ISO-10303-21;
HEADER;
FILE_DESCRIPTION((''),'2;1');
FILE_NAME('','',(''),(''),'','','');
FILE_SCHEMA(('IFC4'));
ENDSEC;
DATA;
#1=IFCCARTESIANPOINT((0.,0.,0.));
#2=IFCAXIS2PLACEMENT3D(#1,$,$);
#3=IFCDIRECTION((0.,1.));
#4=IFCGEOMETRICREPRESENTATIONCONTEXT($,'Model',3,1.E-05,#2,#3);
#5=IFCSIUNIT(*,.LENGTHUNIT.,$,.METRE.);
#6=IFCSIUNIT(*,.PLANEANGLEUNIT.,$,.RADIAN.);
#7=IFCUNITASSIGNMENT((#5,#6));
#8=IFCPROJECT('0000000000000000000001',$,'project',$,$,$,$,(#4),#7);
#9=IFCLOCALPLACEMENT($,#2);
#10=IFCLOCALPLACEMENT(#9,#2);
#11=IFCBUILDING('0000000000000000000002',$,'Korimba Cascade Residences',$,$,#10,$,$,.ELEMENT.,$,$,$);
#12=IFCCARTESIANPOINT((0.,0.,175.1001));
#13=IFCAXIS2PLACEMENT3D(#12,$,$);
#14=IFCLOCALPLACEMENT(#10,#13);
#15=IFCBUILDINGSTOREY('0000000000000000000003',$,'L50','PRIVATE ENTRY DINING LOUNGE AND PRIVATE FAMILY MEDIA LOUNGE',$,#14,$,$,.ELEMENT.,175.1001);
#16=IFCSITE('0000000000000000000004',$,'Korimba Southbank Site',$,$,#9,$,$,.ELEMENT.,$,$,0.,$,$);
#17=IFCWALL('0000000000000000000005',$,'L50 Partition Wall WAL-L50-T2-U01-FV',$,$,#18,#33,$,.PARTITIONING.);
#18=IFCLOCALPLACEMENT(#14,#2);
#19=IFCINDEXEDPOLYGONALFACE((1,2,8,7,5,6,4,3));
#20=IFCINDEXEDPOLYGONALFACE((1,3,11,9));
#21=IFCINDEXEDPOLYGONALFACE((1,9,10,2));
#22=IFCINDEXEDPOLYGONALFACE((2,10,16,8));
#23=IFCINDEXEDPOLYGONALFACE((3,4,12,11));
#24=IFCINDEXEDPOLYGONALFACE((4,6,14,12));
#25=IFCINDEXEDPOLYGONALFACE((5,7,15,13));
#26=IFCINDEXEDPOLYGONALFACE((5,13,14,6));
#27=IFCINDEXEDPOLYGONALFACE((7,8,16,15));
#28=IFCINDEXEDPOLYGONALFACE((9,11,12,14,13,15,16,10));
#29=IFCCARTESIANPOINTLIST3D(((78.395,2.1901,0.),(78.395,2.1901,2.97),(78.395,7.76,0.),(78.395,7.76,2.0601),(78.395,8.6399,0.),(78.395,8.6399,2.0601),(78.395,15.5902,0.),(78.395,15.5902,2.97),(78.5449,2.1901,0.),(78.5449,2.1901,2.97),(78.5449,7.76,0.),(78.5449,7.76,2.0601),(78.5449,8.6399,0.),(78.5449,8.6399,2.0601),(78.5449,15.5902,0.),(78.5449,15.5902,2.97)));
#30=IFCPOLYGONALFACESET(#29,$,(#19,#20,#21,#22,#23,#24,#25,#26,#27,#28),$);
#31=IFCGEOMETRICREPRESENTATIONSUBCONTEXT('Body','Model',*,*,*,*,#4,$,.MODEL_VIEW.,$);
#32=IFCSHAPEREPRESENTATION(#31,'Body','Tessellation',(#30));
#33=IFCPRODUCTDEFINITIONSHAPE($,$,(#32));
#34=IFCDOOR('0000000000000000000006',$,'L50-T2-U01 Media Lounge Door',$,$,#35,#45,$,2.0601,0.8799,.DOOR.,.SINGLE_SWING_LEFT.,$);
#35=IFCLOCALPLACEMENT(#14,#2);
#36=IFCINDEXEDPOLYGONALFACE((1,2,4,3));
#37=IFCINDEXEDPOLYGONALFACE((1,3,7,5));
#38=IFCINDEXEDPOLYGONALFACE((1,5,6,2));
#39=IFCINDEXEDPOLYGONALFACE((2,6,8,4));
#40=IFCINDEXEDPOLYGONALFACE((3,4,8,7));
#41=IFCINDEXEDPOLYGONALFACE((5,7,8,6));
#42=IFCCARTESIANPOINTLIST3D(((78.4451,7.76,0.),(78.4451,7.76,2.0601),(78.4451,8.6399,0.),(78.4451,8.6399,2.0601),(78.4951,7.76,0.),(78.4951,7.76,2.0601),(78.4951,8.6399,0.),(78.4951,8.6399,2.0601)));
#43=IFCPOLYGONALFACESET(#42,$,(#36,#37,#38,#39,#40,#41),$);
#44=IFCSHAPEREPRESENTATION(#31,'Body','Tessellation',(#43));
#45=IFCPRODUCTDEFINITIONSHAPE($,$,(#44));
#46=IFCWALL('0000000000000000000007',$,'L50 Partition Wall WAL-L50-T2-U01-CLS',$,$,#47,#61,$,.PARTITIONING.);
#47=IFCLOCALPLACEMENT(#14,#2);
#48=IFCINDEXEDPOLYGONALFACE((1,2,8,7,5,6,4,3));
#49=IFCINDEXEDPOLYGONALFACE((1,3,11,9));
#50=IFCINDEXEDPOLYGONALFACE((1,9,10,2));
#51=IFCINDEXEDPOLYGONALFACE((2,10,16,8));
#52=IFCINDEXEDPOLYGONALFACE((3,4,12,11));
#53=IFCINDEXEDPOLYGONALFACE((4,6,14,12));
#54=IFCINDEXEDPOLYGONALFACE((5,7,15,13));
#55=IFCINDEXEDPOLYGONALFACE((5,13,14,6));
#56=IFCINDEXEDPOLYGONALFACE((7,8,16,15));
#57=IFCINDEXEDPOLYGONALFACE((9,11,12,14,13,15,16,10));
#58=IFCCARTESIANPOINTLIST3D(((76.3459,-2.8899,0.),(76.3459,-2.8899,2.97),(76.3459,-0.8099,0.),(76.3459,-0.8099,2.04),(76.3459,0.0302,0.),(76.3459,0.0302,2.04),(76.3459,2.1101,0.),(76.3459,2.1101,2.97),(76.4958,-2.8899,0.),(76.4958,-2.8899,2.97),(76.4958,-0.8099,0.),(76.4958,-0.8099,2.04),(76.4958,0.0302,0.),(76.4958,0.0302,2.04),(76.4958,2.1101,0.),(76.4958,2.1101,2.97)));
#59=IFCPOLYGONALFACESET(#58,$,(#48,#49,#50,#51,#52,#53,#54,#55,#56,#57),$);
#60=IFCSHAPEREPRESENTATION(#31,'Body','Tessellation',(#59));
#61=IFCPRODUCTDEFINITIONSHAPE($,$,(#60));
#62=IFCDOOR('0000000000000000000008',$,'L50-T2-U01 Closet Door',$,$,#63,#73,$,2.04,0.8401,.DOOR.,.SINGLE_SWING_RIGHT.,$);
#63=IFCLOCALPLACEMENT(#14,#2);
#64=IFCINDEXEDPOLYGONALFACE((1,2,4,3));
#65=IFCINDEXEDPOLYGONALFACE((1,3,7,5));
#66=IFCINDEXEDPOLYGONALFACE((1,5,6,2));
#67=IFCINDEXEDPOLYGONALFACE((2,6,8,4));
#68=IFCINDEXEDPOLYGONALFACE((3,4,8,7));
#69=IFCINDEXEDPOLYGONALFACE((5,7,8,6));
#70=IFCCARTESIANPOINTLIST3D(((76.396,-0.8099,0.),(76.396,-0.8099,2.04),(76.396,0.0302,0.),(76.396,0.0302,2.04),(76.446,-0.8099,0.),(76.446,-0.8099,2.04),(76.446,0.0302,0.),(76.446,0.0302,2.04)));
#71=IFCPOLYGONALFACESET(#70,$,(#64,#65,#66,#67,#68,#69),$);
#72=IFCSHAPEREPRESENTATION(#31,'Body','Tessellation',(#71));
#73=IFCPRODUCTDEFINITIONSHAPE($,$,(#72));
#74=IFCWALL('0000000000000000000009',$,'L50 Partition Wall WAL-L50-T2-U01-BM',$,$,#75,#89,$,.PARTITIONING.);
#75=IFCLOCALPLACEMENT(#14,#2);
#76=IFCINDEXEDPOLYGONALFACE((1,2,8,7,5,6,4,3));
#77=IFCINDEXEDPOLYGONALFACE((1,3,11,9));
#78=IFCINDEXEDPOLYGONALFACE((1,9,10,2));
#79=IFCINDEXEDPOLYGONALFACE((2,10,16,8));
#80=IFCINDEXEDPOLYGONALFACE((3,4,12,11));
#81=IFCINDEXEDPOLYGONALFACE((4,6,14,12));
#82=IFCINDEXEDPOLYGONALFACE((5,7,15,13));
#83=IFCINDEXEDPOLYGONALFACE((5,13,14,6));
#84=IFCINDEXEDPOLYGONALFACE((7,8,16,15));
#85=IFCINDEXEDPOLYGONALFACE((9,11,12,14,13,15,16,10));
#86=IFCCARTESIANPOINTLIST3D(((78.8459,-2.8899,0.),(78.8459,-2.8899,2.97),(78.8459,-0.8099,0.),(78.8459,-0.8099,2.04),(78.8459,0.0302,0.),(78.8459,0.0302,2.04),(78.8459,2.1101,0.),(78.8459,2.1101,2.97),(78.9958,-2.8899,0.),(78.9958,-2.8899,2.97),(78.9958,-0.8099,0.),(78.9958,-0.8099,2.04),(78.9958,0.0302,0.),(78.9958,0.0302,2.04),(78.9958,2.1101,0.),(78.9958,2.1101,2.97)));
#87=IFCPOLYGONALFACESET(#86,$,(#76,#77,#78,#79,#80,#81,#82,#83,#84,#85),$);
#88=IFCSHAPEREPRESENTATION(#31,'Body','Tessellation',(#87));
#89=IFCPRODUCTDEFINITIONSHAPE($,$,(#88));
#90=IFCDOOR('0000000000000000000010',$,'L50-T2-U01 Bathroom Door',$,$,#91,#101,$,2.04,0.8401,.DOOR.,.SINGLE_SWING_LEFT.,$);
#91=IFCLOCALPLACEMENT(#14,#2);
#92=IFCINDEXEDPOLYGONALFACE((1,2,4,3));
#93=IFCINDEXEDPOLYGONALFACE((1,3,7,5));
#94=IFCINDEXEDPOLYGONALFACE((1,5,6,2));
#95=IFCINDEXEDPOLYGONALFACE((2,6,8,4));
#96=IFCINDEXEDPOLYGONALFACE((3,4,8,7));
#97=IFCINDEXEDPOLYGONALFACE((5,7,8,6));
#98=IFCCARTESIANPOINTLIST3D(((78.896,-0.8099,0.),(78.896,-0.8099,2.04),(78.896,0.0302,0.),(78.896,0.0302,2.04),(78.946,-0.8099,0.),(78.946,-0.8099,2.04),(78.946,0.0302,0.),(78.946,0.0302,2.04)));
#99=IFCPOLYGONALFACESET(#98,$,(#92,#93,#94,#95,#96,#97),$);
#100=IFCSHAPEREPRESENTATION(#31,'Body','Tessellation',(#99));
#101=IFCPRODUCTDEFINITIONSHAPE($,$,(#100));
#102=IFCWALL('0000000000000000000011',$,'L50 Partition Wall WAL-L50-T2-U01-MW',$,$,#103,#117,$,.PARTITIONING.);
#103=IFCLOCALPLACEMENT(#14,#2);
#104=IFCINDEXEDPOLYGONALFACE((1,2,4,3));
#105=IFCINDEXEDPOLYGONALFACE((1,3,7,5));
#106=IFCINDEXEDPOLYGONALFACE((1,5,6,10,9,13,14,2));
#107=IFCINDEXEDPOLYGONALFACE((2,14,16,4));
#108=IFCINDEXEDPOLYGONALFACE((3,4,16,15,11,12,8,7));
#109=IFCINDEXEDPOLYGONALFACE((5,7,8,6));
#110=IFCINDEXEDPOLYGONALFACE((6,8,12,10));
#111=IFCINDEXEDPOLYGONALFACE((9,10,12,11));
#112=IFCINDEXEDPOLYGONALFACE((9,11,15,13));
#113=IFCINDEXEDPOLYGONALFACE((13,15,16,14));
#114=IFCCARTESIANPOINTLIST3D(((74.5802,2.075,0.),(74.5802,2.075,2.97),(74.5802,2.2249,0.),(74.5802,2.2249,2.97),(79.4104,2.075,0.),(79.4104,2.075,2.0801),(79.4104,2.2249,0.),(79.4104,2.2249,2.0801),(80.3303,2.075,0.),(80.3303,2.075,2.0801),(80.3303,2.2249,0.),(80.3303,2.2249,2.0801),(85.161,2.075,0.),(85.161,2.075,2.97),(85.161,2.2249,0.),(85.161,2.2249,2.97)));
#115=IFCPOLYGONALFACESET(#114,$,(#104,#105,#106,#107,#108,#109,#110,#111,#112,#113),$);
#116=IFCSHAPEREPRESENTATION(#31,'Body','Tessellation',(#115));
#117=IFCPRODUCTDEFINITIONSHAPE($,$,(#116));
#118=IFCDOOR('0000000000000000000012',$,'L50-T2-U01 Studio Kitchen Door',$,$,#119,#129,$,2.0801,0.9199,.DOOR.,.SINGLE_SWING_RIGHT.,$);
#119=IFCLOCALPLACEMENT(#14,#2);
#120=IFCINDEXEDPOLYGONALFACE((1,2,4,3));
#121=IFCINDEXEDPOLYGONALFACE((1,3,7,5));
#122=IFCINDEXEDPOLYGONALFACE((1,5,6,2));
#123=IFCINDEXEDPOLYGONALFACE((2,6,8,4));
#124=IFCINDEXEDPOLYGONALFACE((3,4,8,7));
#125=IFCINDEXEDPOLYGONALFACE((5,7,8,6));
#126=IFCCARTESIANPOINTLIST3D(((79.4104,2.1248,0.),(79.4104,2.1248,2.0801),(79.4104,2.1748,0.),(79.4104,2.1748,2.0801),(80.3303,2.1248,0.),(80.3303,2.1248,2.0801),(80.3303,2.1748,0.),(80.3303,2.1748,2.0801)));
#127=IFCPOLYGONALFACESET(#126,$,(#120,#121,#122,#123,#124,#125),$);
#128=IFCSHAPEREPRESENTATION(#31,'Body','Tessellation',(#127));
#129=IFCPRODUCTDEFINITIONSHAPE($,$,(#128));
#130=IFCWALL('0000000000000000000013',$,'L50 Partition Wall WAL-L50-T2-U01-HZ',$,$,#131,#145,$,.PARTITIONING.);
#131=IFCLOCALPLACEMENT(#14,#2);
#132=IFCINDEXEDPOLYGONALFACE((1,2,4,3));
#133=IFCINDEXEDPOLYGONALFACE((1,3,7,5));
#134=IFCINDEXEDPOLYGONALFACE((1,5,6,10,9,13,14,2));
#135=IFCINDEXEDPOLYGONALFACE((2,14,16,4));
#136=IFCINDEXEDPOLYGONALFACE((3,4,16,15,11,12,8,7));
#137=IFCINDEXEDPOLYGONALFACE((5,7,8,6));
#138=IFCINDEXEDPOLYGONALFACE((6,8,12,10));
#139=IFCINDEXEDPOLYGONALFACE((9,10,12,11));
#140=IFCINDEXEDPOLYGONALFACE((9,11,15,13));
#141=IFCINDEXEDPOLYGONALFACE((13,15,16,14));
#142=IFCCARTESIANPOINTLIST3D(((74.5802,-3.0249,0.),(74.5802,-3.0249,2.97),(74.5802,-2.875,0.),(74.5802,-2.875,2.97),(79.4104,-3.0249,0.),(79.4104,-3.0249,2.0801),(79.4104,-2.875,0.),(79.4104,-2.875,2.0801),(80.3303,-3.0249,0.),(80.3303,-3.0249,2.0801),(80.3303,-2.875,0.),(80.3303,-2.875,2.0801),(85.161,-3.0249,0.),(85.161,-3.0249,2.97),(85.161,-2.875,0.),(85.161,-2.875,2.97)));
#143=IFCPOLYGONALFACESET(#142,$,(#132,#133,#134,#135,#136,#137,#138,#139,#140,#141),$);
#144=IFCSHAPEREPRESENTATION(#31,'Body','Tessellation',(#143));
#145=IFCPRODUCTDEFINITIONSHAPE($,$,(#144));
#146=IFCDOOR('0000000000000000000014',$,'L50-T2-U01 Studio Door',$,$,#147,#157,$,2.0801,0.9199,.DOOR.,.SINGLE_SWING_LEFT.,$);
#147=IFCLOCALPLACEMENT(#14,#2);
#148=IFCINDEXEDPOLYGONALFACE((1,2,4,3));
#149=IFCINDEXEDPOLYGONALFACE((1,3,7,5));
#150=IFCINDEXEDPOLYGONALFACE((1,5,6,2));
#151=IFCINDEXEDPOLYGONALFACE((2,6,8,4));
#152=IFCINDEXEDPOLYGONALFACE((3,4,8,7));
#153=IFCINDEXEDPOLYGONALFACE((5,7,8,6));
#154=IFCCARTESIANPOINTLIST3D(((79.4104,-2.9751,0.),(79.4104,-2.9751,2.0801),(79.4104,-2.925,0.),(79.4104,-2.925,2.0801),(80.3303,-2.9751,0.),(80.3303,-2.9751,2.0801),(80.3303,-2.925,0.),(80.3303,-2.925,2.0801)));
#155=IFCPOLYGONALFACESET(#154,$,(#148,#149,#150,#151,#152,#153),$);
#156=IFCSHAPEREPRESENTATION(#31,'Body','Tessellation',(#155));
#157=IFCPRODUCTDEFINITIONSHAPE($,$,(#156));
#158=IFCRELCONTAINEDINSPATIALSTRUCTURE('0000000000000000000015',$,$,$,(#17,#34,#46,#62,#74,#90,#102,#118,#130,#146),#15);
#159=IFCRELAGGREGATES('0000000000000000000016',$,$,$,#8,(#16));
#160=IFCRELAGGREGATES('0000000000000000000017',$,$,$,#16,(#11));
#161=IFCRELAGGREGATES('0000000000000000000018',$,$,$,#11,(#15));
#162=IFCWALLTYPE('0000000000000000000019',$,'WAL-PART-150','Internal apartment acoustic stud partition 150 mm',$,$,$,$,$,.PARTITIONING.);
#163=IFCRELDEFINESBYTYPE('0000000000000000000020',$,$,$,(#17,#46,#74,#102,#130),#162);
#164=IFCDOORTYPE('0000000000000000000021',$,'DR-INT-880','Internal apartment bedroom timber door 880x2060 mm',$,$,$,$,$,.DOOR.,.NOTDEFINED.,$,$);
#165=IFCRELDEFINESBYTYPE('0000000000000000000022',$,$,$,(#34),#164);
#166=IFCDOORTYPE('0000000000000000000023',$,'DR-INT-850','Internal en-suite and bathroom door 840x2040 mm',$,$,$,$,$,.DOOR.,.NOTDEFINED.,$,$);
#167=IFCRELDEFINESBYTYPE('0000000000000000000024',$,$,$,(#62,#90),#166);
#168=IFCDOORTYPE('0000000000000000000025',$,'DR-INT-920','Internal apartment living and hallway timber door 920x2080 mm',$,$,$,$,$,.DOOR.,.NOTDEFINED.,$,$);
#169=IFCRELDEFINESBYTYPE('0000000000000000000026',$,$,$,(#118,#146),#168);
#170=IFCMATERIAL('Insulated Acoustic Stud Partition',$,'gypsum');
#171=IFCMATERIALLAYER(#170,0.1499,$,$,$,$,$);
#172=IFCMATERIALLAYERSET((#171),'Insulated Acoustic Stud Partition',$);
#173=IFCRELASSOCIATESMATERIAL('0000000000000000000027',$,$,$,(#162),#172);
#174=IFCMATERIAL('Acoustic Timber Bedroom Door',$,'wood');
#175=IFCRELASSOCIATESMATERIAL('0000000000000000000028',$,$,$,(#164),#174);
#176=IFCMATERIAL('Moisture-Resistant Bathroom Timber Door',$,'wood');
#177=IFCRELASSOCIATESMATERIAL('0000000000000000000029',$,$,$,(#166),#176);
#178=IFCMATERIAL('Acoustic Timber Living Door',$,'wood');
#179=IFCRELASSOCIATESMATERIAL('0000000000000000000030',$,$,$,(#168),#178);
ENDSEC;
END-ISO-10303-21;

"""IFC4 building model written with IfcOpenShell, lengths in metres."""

from ifc_helpers import new_model, si_unit, direction, frame, frame_2d, origin, place, context, subcontext, project, spatial, rectangle, extrude, material, layer, layer_set, type_object, element, fill, save


model = new_model("IFC4")

# Units and contexts
model_context = context("Model", 3, precision=1e-05, world=origin(), true_north=direction((0.0, 1.0)))
body_context = subcontext(model_context, "Body", "Model", "MODEL_VIEW")
ifc_project = project(units=[si_unit("LENGTHUNIT", "METRE"), si_unit("PLANEANGLEUNIT", "RADIAN")], contexts=[model_context])

# Site, building, storey
site_placement = place(None, origin())
site = spatial("IfcSite", under=ifc_project, at=site_placement, Name="Korimba Southbank Site", CompositionType="ELEMENT", RefElevation=0.0)
building_placement = place(site_placement, origin())
building = spatial("IfcBuilding", under=site, at=building_placement, Name="Korimba Cascade Residences", CompositionType="ELEMENT")
storey_placement = place(building_placement, frame((0.0, 0.0, 175.1001)))
storey = spatial("IfcBuildingStorey", under=building, at=storey_placement, Name="L50", Description="PRIVATE ENTRY DINING LOUNGE AND PRIVATE FAMILY MEDIA LOUNGE", CompositionType="ELEMENT", Elevation=175.1001)

# Walls, openings, doors
ifc_material_1 = material(Name="Insulated Acoustic Stud Partition", Category="gypsum")
ifc_layer_1 = layer(ifc_material_1, 0.1499)
ifc_layer_set_1 = layer_set([ifc_layer_1], Name="Insulated Acoustic Stud Partition")
wall_type_1 = type_object("IfcWallType", Name="WAL-PART-150", Description="Internal apartment acoustic stud partition 150 mm", PredefinedType="PARTITIONING", material=ifc_layer_set_1)
ifc_material_2 = material(Name="Acoustic Timber Bedroom Door", Category="wood")
door_type_1 = type_object("IfcDoorType", Name="DR-INT-880", Description="Internal apartment bedroom timber door 880x2060 mm", OperationType="NOTDEFINED", PredefinedType="DOOR", material=ifc_material_2)
wall_1_placement = place(storey_placement, frame((78.47, 2.1899, 0.0), z_axis=(0.0, 0.0, 1.0), x_axis=(0.0, 1.0, 0.0)))
wall_1 = element("IfcWall", 1, at=wall_1_placement, inside=storey, type_object=wall_type_1, Name="L50 Partition Wall WAL-L50-T2-U01-FV", PredefinedType="PARTITIONING", context=body_context, shape_type="SweptSolid", body=[
    extrude(rectangle(XDim=13.4001, YDim=0.1499, at=frame_2d((6.7002, 0.0))), origin(), (0.0, 0.0, 1.0), 2.97),
])
opening_1_placement = place(wall_1_placement, frame((5.5701, 0.0, 0.0)))
opening_1 = element("IfcOpeningElement", 2, at=opening_1_placement, cuts=wall_1, PredefinedType="OPENING", context=body_context, shape_type="SweptSolid", body=[
    extrude(rectangle(XDim=0.8799, YDim=2.0601, at=frame_2d((0.4399, 1.03))), frame((0.0, 0.085, 0.0), z_axis=(0.0, -1.0, 0.0), x_axis=(1.0, 0.0, 0.0)), (0.0, 0.0, 1.0), 0.1699),
])
door_1_placement = place(opening_1_placement, origin())
door_1 = element("IfcDoor", 3, at=door_1_placement, inside=storey, type_object=door_type_1, Name="L50-T2-U01 Media Lounge Door", OperationType="SINGLE_SWING_LEFT", OverallHeight=2.0601, OverallWidth=0.8799, PredefinedType="DOOR", context=body_context, shape_type="SweptSolid", body=[
    extrude(rectangle(XDim=0.8799, YDim=2.0601, at=frame_2d((0.4399, 1.03))), frame((0.0, 0.0249, 0.0), z_axis=(0.0, -1.0, 0.0), x_axis=(1.0, 0.0, 0.0)), (0.0, 0.0, 1.0), 0.05),
])
fill(opening_1, door_1)
wall_2_placement = place(storey_placement, frame((76.4209, -2.8899, 0.0), z_axis=(0.0, 0.0, 1.0), x_axis=(0.0, 1.0, 0.0)))
wall_2 = element("IfcWall", 4, at=wall_2_placement, inside=storey, type_object=wall_type_1, Name="L50 Partition Wall WAL-L50-T2-U01-CLS", PredefinedType="PARTITIONING", context=body_context, shape_type="SweptSolid", body=[
    extrude(rectangle(XDim=5.0, YDim=0.1499, at=frame_2d((2.5, 0.0))), origin(), (0.0, 0.0, 1.0), 2.97),
])
opening_2_placement = place(wall_2_placement, frame((2.0801, 0.0, 0.0)))
opening_2 = element("IfcOpeningElement", 5, at=opening_2_placement, cuts=wall_2, PredefinedType="OPENING", context=body_context, shape_type="SweptSolid", body=[
    extrude(rectangle(XDim=0.8401, YDim=2.04, at=frame_2d((0.4199, 1.02))), frame((0.0, 0.085, 0.0), z_axis=(0.0, -1.0, 0.0), x_axis=(1.0, 0.0, 0.0)), (0.0, 0.0, 1.0), 0.1699),
])
ifc_material_3 = material(Name="Moisture-Resistant Bathroom Timber Door", Category="wood")
door_type_2 = type_object("IfcDoorType", Name="DR-INT-850", Description="Internal en-suite and bathroom door 840x2040 mm", OperationType="NOTDEFINED", PredefinedType="DOOR", material=ifc_material_3)
door_2_placement = place(opening_2_placement, origin())
door_2 = element("IfcDoor", 6, at=door_2_placement, inside=storey, type_object=door_type_2, Name="L50-T2-U01 Closet Door", OperationType="SINGLE_SWING_RIGHT", OverallHeight=2.04, OverallWidth=0.8401, PredefinedType="DOOR", context=body_context, shape_type="SweptSolid", body=[
    extrude(rectangle(XDim=0.8401, YDim=2.04, at=frame_2d((0.4199, 1.02))), frame((0.0, 0.0249, 0.0), z_axis=(0.0, -1.0, 0.0), x_axis=(1.0, 0.0, 0.0)), (0.0, 0.0, 1.0), 0.05),
])
fill(opening_2, door_2)
wall_3_placement = place(storey_placement, frame((78.9209, -2.8899, 0.0), z_axis=(0.0, 0.0, 1.0), x_axis=(0.0, 1.0, 0.0)))
wall_3 = element("IfcWall", 7, at=wall_3_placement, inside=storey, type_object=wall_type_1, Name="L50 Partition Wall WAL-L50-T2-U01-BM", PredefinedType="PARTITIONING", context=body_context, shape_type="SweptSolid", body=[
    extrude(rectangle(XDim=5.0, YDim=0.1499, at=frame_2d((2.5, 0.0))), origin(), (0.0, 0.0, 1.0), 2.97),
])
opening_3_placement = place(wall_3_placement, frame((2.0801, 0.0, 0.0)))
opening_3 = element("IfcOpeningElement", 8, at=opening_3_placement, cuts=wall_3, PredefinedType="OPENING", context=body_context, shape_type="SweptSolid", body=[
    extrude(rectangle(XDim=0.8401, YDim=2.04, at=frame_2d((0.4199, 1.02))), frame((0.0, 0.085, 0.0), z_axis=(0.0, -1.0, 0.0), x_axis=(1.0, 0.0, 0.0)), (0.0, 0.0, 1.0), 0.1699),
])
door_3_placement = place(opening_3_placement, origin())
door_3 = element("IfcDoor", 9, at=door_3_placement, inside=storey, type_object=door_type_2, Name="L50-T2-U01 Bathroom Door", OperationType="SINGLE_SWING_LEFT", OverallHeight=2.04, OverallWidth=0.8401, PredefinedType="DOOR", context=body_context, shape_type="SweptSolid", body=[
    extrude(rectangle(XDim=0.8401, YDim=2.04, at=frame_2d((0.4199, 1.02))), frame((0.0, 0.0249, 0.0), z_axis=(0.0, -1.0, 0.0), x_axis=(1.0, 0.0, 0.0)), (0.0, 0.0, 1.0), 0.05),
])
fill(opening_3, door_3)
wall_4_placement = place(storey_placement, frame((74.5801, 2.1499, 0.0), z_axis=(0.0, 0.0, 1.0), x_axis=(1.0, 0.0, 0.0)))
wall_4 = element("IfcWall", 10, at=wall_4_placement, inside=storey, type_object=wall_type_1, Name="L50 Partition Wall WAL-L50-T2-U01-MW", PredefinedType="PARTITIONING", context=body_context, shape_type="SweptSolid", body=[
    extrude(rectangle(XDim=10.5808, YDim=0.1499, at=frame_2d((5.2905, 0.0))), origin(), (0.0, 0.0, 1.0), 2.97),
])
opening_4_placement = place(wall_4_placement, frame((4.8303, 0.0, 0.0)))
opening_4 = element("IfcOpeningElement", 11, at=opening_4_placement, cuts=wall_4, PredefinedType="OPENING", context=body_context, shape_type="SweptSolid", body=[
    extrude(rectangle(XDim=0.9199, YDim=2.0801, at=frame_2d((0.46, 1.04))), frame((0.0, 0.085, 0.0), z_axis=(0.0, -1.0, 0.0), x_axis=(1.0, 0.0, 0.0)), (0.0, 0.0, 1.0), 0.1699),
])
ifc_material_4 = material(Name="Acoustic Timber Living Door", Category="wood")
door_type_3 = type_object("IfcDoorType", Name="DR-INT-920", Description="Internal apartment living and hallway timber door 920x2080 mm", OperationType="NOTDEFINED", PredefinedType="DOOR", material=ifc_material_4)
door_4_placement = place(opening_4_placement, origin())
door_4 = element("IfcDoor", 12, at=door_4_placement, inside=storey, type_object=door_type_3, Name="L50-T2-U01 Studio Kitchen Door", OperationType="SINGLE_SWING_RIGHT", OverallHeight=2.0801, OverallWidth=0.9199, PredefinedType="DOOR", context=body_context, shape_type="SweptSolid", body=[
    extrude(rectangle(XDim=0.9199, YDim=2.0801, at=frame_2d((0.46, 1.04))), frame((0.0, 0.0249, 0.0), z_axis=(0.0, -1.0, 0.0), x_axis=(1.0, 0.0, 0.0)), (0.0, 0.0, 1.0), 0.05),
])
fill(opening_4, door_4)
wall_5_placement = place(storey_placement, frame((74.5801, -2.95, 0.0), z_axis=(0.0, 0.0, 1.0), x_axis=(1.0, 0.0, 0.0)))
wall_5 = element("IfcWall", 13, at=wall_5_placement, inside=storey, type_object=wall_type_1, Name="L50 Partition Wall WAL-L50-T2-U01-HZ", PredefinedType="PARTITIONING", context=body_context, shape_type="SweptSolid", body=[
    extrude(rectangle(XDim=10.5808, YDim=0.1499, at=frame_2d((5.2905, 0.0))), origin(), (0.0, 0.0, 1.0), 2.97),
])
opening_5_placement = place(wall_5_placement, frame((4.8303, 0.0, 0.0)))
opening_5 = element("IfcOpeningElement", 14, at=opening_5_placement, cuts=wall_5, PredefinedType="OPENING", context=body_context, shape_type="SweptSolid", body=[
    extrude(rectangle(XDim=0.9199, YDim=2.0801, at=frame_2d((0.46, 1.04))), frame((0.0, 0.085, 0.0), z_axis=(0.0, -1.0, 0.0), x_axis=(1.0, 0.0, 0.0)), (0.0, 0.0, 1.0), 0.1699),
])
door_5_placement = place(opening_5_placement, origin())
door_5 = element("IfcDoor", 15, at=door_5_placement, inside=storey, type_object=door_type_3, Name="L50-T2-U01 Studio Door", OperationType="SINGLE_SWING_LEFT", OverallHeight=2.0801, OverallWidth=0.9199, PredefinedType="DOOR", context=body_context, shape_type="SweptSolid", body=[
    extrude(rectangle(XDim=0.9199, YDim=2.0801, at=frame_2d((0.46, 1.04))), frame((0.0, 0.0249, 0.0), z_axis=(0.0, -1.0, 0.0), x_axis=(1.0, 0.0, 0.0)), (0.0, 0.0, 1.0), 0.05),
])
fill(opening_5, door_5)

save(model, "model.ifc")
